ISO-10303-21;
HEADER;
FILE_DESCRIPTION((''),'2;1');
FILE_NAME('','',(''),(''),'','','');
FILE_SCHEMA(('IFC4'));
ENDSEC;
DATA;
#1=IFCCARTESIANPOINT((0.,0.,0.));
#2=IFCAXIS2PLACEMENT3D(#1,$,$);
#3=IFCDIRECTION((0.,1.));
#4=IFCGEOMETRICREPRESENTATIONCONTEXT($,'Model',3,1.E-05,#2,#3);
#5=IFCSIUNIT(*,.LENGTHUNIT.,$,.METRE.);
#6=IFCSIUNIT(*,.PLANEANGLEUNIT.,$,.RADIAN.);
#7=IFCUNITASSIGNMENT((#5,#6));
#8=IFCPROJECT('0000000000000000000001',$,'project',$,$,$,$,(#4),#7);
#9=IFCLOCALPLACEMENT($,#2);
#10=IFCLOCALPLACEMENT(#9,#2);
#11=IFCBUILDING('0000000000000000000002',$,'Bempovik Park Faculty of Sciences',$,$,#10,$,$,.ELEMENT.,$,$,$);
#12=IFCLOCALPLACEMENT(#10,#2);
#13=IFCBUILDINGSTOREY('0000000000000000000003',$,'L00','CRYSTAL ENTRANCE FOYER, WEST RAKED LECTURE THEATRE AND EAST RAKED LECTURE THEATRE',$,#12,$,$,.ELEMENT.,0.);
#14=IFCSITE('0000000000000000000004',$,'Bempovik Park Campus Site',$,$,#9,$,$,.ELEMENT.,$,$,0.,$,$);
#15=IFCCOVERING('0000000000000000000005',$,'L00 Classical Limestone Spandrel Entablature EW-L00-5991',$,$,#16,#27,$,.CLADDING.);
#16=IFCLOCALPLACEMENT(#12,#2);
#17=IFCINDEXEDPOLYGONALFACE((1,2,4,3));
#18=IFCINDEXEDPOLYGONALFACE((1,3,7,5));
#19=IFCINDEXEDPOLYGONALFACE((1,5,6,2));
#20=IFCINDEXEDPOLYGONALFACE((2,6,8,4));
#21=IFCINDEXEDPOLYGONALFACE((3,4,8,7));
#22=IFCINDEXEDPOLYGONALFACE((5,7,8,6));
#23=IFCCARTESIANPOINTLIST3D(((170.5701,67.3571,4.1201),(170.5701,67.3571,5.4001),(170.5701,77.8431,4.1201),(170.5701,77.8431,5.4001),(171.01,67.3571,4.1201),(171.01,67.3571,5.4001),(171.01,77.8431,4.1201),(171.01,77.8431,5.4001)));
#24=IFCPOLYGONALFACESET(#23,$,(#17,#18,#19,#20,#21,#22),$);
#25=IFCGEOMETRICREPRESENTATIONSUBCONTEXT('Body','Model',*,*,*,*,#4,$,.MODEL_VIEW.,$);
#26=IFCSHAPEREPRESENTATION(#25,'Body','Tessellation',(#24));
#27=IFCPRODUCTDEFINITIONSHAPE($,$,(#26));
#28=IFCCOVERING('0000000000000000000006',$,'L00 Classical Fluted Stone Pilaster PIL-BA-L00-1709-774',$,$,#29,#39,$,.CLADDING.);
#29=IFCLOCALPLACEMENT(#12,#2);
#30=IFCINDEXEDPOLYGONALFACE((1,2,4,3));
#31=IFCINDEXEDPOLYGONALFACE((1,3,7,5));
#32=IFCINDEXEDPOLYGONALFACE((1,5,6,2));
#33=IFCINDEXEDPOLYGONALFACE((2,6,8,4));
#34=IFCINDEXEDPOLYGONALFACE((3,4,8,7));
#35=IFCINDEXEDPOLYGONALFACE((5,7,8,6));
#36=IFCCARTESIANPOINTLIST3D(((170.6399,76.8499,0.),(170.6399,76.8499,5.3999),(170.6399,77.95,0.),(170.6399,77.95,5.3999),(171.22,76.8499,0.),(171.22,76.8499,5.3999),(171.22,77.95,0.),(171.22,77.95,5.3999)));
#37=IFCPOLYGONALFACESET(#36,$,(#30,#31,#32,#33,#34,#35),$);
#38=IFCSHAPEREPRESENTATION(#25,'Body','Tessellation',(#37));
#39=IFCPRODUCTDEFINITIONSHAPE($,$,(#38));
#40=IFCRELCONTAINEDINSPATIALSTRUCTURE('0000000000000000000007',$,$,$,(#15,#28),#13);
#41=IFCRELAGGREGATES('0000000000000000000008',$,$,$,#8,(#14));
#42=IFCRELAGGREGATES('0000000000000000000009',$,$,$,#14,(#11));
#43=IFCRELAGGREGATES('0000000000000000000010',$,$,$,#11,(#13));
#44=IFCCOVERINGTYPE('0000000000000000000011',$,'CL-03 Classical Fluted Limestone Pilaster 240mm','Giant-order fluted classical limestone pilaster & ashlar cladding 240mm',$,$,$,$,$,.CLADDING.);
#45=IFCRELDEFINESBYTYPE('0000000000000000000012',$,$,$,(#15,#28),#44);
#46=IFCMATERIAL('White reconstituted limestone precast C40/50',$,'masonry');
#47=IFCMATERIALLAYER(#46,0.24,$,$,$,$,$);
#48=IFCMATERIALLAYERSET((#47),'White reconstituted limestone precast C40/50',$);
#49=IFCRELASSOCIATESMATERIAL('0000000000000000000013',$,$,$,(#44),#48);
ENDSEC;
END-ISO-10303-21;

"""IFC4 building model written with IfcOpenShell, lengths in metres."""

from ifc_helpers import new_model, si_unit, direction, frame, origin, origin_2d, place, context, subcontext, project, spatial, rectangle, extrude, material, layer, layer_set, type_object, element, save


model = new_model("IFC4")

# Units and contexts
model_context = context("Model", 3, precision=1e-05, world=origin(), true_north=direction((0.0, 1.0)))
body_context = subcontext(model_context, "Body", "Model", "MODEL_VIEW")
ifc_project = project(units=[si_unit("LENGTHUNIT", "METRE"), si_unit("PLANEANGLEUNIT", "RADIAN")], contexts=[model_context])

# Site, building, storey
site_placement = place(None, origin())
site = spatial("IfcSite", under=ifc_project, at=site_placement, Name="Bempovik Park Campus Site", CompositionType="ELEMENT", RefElevation=0.0)
building_placement = place(site_placement, origin())
building = spatial("IfcBuilding", under=site, at=building_placement, Name="Bempovik Park Faculty of Sciences", CompositionType="ELEMENT")
storey_placement = place(building_placement, origin())
storey = spatial("IfcBuildingStorey", under=building, at=storey_placement, Name="L00", Description="CRYSTAL ENTRANCE FOYER, WEST RAKED LECTURE THEATRE AND EAST RAKED LECTURE THEATRE", CompositionType="ELEMENT", Elevation=0.0)

# Coverings
ifc_material_1 = material(Name="White reconstituted limestone precast C40/50", Category="masonry")
ifc_layer_1 = layer(ifc_material_1, 0.24)
ifc_layer_set_1 = layer_set([ifc_layer_1], Name="White reconstituted limestone precast C40/50")
covering_type_1 = type_object("IfcCoveringType", Name="CL-03 Classical Fluted Limestone Pilaster 240mm", Description="Giant-order fluted classical limestone pilaster & ashlar cladding 240mm", PredefinedType="CLADDING", material=ifc_layer_set_1)
covering_1_placement = place(storey_placement, frame((170.79, 72.6001, 4.1201), z_axis=(0.0, 0.0, 1.0), x_axis=(1.0, 0.0, 0.0)))
element("IfcCovering", 1, at=covering_1_placement, inside=storey, type_object=covering_type_1, Name="L00 Classical Limestone Spandrel Entablature EW-L00-5991", PredefinedType="CLADDING", context=body_context, shape_type="SweptSolid", body=[
    extrude(rectangle(XDim=0.4399, YDim=10.4861, at=origin_2d()), origin(), (0.0, 0.0, 1.0), 1.28),
])
covering_2_placement = place(storey_placement, frame((170.9299, 77.3999, 0.0), z_axis=(0.0, 0.0, 1.0), x_axis=(1.0, 0.0, 0.0)))
element("IfcCovering", 2, at=covering_2_placement, inside=storey, type_object=covering_type_1, Name="L00 Classical Fluted Stone Pilaster PIL-BA-L00-1709-774", PredefinedType="CLADDING", context=body_context, shape_type="SweptSolid", body=[
    extrude(rectangle(XDim=0.5801, YDim=1.1001, at=origin_2d()), origin(), (0.0, 0.0, 1.0), 5.3999),
])

save(model, "model.ifc")
